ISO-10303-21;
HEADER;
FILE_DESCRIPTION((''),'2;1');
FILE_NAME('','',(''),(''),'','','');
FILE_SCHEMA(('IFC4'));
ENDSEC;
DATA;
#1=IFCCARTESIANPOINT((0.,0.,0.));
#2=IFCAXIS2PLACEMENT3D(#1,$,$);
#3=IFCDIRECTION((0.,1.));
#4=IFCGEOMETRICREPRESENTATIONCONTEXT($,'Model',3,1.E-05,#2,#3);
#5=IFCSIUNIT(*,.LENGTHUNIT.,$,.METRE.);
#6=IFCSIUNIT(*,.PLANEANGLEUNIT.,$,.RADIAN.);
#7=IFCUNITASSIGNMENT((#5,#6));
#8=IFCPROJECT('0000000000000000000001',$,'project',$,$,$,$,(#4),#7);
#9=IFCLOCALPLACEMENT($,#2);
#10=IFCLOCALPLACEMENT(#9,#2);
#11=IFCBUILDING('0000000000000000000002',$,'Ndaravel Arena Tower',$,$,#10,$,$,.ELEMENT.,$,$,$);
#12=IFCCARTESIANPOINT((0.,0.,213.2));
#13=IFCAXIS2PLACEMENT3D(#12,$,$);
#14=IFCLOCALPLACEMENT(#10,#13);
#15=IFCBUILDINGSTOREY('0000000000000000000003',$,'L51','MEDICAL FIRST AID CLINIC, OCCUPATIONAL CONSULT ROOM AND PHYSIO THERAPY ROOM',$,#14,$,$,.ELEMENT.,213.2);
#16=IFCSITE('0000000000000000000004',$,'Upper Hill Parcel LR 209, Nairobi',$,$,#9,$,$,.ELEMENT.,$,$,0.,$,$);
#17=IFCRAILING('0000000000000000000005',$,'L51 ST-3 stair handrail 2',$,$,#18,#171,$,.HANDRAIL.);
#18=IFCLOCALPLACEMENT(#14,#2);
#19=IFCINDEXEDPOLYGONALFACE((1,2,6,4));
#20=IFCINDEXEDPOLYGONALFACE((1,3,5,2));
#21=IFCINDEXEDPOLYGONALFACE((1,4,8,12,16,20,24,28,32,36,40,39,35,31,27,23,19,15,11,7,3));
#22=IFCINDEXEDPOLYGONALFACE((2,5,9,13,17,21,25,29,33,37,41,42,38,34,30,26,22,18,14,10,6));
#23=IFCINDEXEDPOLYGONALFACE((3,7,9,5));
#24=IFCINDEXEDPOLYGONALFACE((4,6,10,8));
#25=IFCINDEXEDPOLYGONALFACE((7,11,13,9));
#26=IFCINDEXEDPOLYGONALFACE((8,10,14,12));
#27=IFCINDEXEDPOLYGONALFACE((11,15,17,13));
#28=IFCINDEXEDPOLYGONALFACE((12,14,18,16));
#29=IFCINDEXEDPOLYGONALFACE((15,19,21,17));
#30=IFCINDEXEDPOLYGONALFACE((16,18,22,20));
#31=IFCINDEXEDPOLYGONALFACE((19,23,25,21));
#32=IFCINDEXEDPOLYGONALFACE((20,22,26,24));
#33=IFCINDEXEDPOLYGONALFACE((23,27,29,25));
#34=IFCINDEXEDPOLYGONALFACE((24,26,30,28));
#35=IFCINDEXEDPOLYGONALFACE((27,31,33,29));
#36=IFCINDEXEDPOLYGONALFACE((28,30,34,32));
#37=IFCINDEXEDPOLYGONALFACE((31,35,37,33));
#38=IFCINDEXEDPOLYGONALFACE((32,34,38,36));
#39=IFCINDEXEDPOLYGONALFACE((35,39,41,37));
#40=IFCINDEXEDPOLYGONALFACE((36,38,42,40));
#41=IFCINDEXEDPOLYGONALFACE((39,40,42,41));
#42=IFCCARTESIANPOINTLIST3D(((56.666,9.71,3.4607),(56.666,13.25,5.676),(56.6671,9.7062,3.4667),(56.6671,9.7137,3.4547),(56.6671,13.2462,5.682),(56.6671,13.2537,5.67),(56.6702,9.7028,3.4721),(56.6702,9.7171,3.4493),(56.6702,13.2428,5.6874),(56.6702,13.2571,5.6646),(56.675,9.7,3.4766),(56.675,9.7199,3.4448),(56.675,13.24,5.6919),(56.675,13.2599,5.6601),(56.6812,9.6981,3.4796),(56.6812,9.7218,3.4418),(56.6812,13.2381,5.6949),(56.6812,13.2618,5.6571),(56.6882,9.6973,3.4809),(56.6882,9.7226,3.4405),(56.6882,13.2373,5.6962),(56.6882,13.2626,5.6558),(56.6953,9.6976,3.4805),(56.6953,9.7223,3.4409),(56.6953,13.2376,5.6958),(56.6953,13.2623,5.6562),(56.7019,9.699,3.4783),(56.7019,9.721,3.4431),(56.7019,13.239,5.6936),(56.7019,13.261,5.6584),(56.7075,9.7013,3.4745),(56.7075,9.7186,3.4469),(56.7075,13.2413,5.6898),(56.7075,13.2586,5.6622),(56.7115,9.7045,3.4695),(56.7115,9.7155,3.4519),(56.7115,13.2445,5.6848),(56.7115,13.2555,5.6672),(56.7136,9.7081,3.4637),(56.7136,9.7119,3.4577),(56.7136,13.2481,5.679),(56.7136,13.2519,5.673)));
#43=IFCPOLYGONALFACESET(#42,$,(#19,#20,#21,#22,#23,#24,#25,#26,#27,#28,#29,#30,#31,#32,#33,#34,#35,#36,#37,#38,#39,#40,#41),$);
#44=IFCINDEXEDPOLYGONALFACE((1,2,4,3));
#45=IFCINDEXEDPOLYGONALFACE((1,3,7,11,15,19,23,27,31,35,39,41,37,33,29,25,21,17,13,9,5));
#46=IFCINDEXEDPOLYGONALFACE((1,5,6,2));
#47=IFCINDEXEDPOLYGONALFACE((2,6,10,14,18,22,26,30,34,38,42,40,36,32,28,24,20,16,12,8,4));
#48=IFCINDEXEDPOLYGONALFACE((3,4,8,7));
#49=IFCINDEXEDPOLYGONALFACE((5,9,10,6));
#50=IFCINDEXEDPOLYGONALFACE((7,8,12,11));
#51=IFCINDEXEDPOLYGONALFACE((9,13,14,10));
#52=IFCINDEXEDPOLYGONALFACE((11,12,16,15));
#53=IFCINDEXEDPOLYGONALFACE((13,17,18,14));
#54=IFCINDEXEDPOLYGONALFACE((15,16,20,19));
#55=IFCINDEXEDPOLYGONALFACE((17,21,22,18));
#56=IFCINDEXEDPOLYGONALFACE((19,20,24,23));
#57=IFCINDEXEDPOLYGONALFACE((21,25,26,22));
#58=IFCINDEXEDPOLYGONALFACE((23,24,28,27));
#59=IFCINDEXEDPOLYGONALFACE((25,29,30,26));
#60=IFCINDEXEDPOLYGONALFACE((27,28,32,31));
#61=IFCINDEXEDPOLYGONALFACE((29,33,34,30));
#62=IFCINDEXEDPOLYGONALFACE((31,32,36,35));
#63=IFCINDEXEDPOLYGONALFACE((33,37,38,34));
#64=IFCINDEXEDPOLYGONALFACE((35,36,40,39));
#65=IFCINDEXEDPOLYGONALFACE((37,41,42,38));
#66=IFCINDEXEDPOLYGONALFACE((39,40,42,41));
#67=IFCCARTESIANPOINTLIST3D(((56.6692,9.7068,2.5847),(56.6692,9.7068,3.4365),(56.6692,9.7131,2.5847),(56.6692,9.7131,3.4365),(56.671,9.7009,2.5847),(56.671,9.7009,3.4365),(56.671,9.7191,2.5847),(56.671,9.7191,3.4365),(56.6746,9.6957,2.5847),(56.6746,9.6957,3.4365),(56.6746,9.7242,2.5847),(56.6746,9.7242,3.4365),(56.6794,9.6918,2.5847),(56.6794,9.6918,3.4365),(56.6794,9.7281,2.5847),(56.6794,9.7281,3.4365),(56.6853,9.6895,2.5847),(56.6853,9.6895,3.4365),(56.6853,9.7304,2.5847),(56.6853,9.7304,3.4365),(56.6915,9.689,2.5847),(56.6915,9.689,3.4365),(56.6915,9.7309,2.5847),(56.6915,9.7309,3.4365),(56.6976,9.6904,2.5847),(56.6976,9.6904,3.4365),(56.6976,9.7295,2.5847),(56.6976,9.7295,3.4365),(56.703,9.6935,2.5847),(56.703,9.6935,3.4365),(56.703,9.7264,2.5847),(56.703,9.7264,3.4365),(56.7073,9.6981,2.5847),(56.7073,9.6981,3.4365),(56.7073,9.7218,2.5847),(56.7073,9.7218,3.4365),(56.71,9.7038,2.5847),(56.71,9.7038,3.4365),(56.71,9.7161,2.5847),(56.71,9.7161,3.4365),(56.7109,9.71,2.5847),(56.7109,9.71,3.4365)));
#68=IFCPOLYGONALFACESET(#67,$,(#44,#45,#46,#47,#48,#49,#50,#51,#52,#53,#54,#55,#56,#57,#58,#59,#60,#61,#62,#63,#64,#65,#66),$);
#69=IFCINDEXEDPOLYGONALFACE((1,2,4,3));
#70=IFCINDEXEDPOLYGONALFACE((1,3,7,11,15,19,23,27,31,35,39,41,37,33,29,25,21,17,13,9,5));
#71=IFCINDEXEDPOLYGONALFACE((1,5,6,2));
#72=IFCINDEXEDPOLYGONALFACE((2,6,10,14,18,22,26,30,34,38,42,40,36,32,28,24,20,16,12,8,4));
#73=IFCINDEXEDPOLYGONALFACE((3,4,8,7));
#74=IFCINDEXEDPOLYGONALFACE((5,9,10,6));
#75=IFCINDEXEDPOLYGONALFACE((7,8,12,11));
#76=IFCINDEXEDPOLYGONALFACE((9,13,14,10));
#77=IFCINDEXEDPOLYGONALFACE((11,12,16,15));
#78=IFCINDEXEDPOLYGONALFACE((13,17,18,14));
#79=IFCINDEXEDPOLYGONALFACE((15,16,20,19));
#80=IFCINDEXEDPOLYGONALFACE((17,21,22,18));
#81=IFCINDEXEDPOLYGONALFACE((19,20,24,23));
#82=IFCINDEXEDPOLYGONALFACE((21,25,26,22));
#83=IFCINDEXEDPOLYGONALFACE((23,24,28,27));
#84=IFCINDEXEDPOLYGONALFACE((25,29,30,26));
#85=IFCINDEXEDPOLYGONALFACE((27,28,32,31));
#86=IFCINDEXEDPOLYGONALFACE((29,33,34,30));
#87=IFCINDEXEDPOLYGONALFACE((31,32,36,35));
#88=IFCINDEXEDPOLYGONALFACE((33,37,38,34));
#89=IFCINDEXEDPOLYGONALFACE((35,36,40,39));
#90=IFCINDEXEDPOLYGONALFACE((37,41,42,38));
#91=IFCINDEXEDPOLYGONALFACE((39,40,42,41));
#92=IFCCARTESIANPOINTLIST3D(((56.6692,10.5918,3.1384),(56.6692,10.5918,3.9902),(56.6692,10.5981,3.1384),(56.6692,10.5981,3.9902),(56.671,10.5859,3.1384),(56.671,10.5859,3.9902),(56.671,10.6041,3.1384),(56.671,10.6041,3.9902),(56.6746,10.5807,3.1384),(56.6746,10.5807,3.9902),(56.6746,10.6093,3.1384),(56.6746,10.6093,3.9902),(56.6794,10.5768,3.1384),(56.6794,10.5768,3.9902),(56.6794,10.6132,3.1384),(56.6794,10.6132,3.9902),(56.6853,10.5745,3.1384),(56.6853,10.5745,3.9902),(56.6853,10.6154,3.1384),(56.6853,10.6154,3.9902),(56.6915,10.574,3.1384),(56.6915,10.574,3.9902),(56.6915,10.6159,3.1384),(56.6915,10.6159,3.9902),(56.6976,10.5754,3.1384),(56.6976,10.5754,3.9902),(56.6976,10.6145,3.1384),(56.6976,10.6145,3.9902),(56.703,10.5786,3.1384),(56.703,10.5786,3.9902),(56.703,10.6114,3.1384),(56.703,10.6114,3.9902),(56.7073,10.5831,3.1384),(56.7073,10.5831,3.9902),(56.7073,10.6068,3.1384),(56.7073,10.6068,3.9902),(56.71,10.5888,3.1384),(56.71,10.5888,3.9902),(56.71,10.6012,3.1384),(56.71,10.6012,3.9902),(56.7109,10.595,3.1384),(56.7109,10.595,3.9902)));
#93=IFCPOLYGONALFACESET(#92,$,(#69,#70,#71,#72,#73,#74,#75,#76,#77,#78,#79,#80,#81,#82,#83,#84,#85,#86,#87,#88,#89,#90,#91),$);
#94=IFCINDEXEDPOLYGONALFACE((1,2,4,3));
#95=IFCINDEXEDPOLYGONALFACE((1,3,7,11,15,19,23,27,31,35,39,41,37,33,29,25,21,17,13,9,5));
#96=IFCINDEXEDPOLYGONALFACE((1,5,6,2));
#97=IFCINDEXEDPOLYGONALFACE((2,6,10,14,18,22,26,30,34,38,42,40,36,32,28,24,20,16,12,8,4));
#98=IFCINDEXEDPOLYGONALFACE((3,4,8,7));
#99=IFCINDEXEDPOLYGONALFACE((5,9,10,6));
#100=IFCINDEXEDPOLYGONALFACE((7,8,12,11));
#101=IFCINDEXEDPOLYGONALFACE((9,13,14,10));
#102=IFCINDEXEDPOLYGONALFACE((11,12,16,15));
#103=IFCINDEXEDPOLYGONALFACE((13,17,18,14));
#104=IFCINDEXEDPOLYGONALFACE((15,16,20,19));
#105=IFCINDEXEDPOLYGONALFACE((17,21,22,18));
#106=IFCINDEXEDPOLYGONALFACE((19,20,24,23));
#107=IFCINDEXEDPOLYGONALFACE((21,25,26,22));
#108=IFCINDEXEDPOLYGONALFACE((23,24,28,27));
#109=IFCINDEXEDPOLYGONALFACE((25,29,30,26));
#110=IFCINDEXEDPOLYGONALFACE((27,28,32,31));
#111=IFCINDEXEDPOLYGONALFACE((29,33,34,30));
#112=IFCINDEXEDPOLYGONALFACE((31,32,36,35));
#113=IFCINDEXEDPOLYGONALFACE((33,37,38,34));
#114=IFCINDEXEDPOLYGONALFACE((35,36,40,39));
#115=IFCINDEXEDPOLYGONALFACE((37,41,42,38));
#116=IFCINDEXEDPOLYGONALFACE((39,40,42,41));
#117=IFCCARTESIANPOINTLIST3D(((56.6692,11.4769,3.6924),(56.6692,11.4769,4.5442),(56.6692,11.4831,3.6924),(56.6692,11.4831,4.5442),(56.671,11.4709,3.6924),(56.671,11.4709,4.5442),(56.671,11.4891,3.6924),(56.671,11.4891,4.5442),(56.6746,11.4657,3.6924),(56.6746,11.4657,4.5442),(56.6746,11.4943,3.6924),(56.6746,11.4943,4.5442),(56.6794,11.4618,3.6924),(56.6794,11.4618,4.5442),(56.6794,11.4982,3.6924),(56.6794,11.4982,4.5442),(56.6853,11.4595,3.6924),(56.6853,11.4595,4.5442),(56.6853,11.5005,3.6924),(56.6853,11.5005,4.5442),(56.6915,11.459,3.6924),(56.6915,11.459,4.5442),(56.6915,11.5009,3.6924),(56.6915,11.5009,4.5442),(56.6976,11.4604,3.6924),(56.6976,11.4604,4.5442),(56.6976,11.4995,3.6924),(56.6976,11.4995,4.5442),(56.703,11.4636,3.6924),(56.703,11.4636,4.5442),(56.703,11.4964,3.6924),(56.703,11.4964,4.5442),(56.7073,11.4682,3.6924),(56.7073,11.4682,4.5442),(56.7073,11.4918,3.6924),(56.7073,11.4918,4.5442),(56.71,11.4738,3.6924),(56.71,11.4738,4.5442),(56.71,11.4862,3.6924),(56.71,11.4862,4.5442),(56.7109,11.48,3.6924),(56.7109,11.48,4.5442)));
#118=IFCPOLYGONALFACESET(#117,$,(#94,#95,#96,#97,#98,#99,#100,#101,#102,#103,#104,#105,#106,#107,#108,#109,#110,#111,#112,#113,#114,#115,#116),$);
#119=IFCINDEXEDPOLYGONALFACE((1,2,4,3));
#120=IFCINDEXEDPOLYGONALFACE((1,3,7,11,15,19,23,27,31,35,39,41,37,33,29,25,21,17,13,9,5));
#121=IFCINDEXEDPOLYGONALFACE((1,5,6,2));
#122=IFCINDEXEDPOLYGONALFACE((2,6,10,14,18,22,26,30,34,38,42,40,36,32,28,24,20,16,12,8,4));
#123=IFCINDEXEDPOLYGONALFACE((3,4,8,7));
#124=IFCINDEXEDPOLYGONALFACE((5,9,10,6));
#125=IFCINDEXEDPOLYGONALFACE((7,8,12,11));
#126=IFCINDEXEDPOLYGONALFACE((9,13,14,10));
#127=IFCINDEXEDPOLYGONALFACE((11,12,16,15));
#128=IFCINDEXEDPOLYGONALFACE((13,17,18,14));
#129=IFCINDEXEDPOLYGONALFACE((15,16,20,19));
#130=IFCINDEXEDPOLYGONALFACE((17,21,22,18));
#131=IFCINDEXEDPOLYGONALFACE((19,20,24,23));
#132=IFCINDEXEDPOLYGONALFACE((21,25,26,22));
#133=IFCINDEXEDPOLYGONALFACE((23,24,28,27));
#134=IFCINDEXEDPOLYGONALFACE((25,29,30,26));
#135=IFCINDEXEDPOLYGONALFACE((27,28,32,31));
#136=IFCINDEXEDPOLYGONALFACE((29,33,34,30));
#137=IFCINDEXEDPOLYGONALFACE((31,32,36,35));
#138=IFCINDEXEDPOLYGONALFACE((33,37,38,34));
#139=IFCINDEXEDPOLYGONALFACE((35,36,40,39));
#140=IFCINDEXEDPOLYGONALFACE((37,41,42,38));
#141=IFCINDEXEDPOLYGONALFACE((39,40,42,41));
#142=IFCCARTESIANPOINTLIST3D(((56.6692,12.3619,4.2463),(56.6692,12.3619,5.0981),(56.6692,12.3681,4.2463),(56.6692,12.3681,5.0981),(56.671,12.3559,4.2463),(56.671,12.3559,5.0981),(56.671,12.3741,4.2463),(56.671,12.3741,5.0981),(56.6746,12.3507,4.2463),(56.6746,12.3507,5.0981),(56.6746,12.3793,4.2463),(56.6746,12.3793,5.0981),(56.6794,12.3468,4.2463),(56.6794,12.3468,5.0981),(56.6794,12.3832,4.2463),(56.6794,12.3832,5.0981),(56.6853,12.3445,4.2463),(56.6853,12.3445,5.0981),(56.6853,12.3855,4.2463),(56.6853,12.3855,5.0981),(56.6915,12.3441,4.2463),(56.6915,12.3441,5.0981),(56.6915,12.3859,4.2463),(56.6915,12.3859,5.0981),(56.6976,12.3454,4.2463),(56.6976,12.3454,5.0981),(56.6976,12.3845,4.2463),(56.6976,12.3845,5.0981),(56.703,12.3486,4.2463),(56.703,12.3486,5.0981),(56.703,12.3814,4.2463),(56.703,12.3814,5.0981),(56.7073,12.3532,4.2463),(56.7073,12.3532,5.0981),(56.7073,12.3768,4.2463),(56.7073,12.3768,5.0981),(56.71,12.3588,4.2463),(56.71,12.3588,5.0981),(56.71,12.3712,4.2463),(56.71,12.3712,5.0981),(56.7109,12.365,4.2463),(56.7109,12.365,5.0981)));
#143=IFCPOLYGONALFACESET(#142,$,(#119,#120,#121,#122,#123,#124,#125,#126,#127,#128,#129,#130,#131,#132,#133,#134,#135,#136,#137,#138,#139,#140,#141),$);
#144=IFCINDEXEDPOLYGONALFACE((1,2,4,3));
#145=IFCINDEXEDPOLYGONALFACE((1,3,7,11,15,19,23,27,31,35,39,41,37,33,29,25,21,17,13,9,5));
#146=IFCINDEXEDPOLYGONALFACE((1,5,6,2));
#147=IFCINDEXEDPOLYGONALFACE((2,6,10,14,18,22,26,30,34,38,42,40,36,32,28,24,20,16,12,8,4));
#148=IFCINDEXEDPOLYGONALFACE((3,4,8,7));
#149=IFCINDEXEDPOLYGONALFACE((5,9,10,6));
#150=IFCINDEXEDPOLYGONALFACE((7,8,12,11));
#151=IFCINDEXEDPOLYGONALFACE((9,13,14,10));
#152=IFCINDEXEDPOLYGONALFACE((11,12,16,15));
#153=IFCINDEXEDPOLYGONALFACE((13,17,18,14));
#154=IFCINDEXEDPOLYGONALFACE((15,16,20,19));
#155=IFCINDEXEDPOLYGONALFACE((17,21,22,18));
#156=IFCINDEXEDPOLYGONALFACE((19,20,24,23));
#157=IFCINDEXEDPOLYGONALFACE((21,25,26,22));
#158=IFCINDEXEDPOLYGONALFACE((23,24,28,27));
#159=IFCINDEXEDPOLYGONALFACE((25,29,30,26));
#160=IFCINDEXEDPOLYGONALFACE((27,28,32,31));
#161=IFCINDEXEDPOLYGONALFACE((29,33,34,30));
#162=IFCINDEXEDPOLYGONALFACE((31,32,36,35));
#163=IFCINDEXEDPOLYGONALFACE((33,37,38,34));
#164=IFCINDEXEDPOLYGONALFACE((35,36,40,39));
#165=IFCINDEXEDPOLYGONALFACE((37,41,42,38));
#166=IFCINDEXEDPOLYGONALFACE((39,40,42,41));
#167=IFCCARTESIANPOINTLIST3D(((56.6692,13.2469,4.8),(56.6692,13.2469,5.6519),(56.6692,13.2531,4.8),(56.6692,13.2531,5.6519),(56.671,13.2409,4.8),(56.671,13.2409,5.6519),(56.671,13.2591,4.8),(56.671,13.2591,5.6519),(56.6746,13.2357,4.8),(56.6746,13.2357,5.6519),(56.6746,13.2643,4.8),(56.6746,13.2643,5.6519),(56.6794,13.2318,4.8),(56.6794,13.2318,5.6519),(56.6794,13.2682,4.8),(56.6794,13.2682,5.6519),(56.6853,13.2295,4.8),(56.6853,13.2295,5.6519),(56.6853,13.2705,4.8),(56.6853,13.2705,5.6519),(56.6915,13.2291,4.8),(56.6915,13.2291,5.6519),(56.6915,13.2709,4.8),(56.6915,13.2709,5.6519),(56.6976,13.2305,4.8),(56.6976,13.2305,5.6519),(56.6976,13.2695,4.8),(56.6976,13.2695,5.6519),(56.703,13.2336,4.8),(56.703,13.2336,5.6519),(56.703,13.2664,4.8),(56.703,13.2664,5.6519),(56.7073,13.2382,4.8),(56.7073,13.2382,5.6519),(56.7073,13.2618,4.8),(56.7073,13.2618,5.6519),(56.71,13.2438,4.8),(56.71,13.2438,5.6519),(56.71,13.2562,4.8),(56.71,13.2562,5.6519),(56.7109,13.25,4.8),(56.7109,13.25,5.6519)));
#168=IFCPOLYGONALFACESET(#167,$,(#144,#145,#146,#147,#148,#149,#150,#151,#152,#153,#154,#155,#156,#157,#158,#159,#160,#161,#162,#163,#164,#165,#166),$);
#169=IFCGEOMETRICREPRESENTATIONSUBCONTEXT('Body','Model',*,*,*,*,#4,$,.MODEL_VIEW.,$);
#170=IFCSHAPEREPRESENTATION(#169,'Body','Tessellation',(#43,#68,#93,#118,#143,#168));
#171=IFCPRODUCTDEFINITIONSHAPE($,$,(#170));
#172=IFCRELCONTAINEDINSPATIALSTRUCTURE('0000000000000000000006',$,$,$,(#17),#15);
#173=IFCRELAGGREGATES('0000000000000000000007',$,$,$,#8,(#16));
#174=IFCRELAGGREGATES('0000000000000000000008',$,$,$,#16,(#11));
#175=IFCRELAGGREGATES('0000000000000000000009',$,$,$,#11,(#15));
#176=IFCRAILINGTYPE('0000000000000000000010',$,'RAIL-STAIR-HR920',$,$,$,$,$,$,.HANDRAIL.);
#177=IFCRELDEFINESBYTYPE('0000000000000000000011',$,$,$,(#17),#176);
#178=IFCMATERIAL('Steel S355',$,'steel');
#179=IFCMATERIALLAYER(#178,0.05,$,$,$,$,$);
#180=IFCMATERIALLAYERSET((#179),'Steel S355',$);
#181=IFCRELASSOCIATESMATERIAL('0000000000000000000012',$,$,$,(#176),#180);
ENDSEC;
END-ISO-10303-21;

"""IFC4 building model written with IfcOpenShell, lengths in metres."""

from ifc_helpers import new_model, si_unit, direction, frame, origin, origin_2d, place, context, subcontext, project, spatial, circle, extrude, material, layer, layer_set, type_object, element, save


model = new_model("IFC4")

# Units and contexts
model_context = context("Model", 3, precision=1e-05, world=origin(), true_north=direction((0.0, 1.0)))
body_context = subcontext(model_context, "Body", "Model", "MODEL_VIEW")
ifc_project = project(units=[si_unit("LENGTHUNIT", "METRE"), si_unit("PLANEANGLEUNIT", "RADIAN")], contexts=[model_context])

# Site, building, storey
site_placement = place(None, origin())
site = spatial("IfcSite", under=ifc_project, at=site_placement, Name="Upper Hill Parcel LR 209, Nairobi", CompositionType="ELEMENT", RefElevation=0.0)
building_placement = place(site_placement, origin())
building = spatial("IfcBuilding", under=site, at=building_placement, Name="Ndaravel Arena Tower", CompositionType="ELEMENT")
storey_placement = place(building_placement, frame((0.0, 0.0, 213.2)))
storey = spatial("IfcBuildingStorey", under=building, at=storey_placement, Name="L51", Description="MEDICAL FIRST AID CLINIC, OCCUPATIONAL CONSULT ROOM AND PHYSIO THERAPY ROOM", CompositionType="ELEMENT", Elevation=213.2)

# Railing
ifc_material_1 = material(Name="Steel S355", Category="steel")
ifc_layer_1 = layer(ifc_material_1, 0.05)
ifc_layer_set_1 = layer_set([ifc_layer_1], Name="Steel S355")
railing_type_1 = type_object("IfcRailingType", Name="RAIL-STAIR-HR920", PredefinedType="HANDRAIL", material=ifc_layer_set_1)
railing_1_placement = place(storey_placement, frame((56.6899, 9.71, 2.5847)))
element("IfcRailing", 1, at=railing_1_placement, inside=storey, type_object=railing_type_1, Name="L51 ST-3 stair handrail 2", PredefinedType="HANDRAIL", context=body_context, shape_type="SweptSolid", body=[
    extrude(circle(Radius=0.0239, at=origin_2d()), frame((0.0, 0.0, 0.876), z_axis=(0.0, 0.847696, 0.530482), x_axis=(-1.0, 0.0, 0.0)), (0.0, 0.0, 1.0), 4.176),
    extrude(circle(Radius=0.021, at=origin_2d()), origin(), (0.0, 0.0, 1.0), 0.8518),
    extrude(circle(Radius=0.021, at=origin_2d()), frame((0.0, 0.885, 0.5537)), (0.0, 0.0, 1.0), 0.8518),
    extrude(circle(Radius=0.021, at=origin_2d()), frame((0.0, 1.77, 1.1077)), (0.0, 0.0, 1.0), 0.8518),
    extrude(circle(Radius=0.021, at=origin_2d()), frame((0.0, 2.655, 1.6616)), (0.0, 0.0, 1.0), 0.8518),
    extrude(circle(Radius=0.021, at=origin_2d()), frame((0.0, 3.54, 2.2153)), (0.0, 0.0, 1.0), 0.8518),
])

save(model, "model.ifc")
